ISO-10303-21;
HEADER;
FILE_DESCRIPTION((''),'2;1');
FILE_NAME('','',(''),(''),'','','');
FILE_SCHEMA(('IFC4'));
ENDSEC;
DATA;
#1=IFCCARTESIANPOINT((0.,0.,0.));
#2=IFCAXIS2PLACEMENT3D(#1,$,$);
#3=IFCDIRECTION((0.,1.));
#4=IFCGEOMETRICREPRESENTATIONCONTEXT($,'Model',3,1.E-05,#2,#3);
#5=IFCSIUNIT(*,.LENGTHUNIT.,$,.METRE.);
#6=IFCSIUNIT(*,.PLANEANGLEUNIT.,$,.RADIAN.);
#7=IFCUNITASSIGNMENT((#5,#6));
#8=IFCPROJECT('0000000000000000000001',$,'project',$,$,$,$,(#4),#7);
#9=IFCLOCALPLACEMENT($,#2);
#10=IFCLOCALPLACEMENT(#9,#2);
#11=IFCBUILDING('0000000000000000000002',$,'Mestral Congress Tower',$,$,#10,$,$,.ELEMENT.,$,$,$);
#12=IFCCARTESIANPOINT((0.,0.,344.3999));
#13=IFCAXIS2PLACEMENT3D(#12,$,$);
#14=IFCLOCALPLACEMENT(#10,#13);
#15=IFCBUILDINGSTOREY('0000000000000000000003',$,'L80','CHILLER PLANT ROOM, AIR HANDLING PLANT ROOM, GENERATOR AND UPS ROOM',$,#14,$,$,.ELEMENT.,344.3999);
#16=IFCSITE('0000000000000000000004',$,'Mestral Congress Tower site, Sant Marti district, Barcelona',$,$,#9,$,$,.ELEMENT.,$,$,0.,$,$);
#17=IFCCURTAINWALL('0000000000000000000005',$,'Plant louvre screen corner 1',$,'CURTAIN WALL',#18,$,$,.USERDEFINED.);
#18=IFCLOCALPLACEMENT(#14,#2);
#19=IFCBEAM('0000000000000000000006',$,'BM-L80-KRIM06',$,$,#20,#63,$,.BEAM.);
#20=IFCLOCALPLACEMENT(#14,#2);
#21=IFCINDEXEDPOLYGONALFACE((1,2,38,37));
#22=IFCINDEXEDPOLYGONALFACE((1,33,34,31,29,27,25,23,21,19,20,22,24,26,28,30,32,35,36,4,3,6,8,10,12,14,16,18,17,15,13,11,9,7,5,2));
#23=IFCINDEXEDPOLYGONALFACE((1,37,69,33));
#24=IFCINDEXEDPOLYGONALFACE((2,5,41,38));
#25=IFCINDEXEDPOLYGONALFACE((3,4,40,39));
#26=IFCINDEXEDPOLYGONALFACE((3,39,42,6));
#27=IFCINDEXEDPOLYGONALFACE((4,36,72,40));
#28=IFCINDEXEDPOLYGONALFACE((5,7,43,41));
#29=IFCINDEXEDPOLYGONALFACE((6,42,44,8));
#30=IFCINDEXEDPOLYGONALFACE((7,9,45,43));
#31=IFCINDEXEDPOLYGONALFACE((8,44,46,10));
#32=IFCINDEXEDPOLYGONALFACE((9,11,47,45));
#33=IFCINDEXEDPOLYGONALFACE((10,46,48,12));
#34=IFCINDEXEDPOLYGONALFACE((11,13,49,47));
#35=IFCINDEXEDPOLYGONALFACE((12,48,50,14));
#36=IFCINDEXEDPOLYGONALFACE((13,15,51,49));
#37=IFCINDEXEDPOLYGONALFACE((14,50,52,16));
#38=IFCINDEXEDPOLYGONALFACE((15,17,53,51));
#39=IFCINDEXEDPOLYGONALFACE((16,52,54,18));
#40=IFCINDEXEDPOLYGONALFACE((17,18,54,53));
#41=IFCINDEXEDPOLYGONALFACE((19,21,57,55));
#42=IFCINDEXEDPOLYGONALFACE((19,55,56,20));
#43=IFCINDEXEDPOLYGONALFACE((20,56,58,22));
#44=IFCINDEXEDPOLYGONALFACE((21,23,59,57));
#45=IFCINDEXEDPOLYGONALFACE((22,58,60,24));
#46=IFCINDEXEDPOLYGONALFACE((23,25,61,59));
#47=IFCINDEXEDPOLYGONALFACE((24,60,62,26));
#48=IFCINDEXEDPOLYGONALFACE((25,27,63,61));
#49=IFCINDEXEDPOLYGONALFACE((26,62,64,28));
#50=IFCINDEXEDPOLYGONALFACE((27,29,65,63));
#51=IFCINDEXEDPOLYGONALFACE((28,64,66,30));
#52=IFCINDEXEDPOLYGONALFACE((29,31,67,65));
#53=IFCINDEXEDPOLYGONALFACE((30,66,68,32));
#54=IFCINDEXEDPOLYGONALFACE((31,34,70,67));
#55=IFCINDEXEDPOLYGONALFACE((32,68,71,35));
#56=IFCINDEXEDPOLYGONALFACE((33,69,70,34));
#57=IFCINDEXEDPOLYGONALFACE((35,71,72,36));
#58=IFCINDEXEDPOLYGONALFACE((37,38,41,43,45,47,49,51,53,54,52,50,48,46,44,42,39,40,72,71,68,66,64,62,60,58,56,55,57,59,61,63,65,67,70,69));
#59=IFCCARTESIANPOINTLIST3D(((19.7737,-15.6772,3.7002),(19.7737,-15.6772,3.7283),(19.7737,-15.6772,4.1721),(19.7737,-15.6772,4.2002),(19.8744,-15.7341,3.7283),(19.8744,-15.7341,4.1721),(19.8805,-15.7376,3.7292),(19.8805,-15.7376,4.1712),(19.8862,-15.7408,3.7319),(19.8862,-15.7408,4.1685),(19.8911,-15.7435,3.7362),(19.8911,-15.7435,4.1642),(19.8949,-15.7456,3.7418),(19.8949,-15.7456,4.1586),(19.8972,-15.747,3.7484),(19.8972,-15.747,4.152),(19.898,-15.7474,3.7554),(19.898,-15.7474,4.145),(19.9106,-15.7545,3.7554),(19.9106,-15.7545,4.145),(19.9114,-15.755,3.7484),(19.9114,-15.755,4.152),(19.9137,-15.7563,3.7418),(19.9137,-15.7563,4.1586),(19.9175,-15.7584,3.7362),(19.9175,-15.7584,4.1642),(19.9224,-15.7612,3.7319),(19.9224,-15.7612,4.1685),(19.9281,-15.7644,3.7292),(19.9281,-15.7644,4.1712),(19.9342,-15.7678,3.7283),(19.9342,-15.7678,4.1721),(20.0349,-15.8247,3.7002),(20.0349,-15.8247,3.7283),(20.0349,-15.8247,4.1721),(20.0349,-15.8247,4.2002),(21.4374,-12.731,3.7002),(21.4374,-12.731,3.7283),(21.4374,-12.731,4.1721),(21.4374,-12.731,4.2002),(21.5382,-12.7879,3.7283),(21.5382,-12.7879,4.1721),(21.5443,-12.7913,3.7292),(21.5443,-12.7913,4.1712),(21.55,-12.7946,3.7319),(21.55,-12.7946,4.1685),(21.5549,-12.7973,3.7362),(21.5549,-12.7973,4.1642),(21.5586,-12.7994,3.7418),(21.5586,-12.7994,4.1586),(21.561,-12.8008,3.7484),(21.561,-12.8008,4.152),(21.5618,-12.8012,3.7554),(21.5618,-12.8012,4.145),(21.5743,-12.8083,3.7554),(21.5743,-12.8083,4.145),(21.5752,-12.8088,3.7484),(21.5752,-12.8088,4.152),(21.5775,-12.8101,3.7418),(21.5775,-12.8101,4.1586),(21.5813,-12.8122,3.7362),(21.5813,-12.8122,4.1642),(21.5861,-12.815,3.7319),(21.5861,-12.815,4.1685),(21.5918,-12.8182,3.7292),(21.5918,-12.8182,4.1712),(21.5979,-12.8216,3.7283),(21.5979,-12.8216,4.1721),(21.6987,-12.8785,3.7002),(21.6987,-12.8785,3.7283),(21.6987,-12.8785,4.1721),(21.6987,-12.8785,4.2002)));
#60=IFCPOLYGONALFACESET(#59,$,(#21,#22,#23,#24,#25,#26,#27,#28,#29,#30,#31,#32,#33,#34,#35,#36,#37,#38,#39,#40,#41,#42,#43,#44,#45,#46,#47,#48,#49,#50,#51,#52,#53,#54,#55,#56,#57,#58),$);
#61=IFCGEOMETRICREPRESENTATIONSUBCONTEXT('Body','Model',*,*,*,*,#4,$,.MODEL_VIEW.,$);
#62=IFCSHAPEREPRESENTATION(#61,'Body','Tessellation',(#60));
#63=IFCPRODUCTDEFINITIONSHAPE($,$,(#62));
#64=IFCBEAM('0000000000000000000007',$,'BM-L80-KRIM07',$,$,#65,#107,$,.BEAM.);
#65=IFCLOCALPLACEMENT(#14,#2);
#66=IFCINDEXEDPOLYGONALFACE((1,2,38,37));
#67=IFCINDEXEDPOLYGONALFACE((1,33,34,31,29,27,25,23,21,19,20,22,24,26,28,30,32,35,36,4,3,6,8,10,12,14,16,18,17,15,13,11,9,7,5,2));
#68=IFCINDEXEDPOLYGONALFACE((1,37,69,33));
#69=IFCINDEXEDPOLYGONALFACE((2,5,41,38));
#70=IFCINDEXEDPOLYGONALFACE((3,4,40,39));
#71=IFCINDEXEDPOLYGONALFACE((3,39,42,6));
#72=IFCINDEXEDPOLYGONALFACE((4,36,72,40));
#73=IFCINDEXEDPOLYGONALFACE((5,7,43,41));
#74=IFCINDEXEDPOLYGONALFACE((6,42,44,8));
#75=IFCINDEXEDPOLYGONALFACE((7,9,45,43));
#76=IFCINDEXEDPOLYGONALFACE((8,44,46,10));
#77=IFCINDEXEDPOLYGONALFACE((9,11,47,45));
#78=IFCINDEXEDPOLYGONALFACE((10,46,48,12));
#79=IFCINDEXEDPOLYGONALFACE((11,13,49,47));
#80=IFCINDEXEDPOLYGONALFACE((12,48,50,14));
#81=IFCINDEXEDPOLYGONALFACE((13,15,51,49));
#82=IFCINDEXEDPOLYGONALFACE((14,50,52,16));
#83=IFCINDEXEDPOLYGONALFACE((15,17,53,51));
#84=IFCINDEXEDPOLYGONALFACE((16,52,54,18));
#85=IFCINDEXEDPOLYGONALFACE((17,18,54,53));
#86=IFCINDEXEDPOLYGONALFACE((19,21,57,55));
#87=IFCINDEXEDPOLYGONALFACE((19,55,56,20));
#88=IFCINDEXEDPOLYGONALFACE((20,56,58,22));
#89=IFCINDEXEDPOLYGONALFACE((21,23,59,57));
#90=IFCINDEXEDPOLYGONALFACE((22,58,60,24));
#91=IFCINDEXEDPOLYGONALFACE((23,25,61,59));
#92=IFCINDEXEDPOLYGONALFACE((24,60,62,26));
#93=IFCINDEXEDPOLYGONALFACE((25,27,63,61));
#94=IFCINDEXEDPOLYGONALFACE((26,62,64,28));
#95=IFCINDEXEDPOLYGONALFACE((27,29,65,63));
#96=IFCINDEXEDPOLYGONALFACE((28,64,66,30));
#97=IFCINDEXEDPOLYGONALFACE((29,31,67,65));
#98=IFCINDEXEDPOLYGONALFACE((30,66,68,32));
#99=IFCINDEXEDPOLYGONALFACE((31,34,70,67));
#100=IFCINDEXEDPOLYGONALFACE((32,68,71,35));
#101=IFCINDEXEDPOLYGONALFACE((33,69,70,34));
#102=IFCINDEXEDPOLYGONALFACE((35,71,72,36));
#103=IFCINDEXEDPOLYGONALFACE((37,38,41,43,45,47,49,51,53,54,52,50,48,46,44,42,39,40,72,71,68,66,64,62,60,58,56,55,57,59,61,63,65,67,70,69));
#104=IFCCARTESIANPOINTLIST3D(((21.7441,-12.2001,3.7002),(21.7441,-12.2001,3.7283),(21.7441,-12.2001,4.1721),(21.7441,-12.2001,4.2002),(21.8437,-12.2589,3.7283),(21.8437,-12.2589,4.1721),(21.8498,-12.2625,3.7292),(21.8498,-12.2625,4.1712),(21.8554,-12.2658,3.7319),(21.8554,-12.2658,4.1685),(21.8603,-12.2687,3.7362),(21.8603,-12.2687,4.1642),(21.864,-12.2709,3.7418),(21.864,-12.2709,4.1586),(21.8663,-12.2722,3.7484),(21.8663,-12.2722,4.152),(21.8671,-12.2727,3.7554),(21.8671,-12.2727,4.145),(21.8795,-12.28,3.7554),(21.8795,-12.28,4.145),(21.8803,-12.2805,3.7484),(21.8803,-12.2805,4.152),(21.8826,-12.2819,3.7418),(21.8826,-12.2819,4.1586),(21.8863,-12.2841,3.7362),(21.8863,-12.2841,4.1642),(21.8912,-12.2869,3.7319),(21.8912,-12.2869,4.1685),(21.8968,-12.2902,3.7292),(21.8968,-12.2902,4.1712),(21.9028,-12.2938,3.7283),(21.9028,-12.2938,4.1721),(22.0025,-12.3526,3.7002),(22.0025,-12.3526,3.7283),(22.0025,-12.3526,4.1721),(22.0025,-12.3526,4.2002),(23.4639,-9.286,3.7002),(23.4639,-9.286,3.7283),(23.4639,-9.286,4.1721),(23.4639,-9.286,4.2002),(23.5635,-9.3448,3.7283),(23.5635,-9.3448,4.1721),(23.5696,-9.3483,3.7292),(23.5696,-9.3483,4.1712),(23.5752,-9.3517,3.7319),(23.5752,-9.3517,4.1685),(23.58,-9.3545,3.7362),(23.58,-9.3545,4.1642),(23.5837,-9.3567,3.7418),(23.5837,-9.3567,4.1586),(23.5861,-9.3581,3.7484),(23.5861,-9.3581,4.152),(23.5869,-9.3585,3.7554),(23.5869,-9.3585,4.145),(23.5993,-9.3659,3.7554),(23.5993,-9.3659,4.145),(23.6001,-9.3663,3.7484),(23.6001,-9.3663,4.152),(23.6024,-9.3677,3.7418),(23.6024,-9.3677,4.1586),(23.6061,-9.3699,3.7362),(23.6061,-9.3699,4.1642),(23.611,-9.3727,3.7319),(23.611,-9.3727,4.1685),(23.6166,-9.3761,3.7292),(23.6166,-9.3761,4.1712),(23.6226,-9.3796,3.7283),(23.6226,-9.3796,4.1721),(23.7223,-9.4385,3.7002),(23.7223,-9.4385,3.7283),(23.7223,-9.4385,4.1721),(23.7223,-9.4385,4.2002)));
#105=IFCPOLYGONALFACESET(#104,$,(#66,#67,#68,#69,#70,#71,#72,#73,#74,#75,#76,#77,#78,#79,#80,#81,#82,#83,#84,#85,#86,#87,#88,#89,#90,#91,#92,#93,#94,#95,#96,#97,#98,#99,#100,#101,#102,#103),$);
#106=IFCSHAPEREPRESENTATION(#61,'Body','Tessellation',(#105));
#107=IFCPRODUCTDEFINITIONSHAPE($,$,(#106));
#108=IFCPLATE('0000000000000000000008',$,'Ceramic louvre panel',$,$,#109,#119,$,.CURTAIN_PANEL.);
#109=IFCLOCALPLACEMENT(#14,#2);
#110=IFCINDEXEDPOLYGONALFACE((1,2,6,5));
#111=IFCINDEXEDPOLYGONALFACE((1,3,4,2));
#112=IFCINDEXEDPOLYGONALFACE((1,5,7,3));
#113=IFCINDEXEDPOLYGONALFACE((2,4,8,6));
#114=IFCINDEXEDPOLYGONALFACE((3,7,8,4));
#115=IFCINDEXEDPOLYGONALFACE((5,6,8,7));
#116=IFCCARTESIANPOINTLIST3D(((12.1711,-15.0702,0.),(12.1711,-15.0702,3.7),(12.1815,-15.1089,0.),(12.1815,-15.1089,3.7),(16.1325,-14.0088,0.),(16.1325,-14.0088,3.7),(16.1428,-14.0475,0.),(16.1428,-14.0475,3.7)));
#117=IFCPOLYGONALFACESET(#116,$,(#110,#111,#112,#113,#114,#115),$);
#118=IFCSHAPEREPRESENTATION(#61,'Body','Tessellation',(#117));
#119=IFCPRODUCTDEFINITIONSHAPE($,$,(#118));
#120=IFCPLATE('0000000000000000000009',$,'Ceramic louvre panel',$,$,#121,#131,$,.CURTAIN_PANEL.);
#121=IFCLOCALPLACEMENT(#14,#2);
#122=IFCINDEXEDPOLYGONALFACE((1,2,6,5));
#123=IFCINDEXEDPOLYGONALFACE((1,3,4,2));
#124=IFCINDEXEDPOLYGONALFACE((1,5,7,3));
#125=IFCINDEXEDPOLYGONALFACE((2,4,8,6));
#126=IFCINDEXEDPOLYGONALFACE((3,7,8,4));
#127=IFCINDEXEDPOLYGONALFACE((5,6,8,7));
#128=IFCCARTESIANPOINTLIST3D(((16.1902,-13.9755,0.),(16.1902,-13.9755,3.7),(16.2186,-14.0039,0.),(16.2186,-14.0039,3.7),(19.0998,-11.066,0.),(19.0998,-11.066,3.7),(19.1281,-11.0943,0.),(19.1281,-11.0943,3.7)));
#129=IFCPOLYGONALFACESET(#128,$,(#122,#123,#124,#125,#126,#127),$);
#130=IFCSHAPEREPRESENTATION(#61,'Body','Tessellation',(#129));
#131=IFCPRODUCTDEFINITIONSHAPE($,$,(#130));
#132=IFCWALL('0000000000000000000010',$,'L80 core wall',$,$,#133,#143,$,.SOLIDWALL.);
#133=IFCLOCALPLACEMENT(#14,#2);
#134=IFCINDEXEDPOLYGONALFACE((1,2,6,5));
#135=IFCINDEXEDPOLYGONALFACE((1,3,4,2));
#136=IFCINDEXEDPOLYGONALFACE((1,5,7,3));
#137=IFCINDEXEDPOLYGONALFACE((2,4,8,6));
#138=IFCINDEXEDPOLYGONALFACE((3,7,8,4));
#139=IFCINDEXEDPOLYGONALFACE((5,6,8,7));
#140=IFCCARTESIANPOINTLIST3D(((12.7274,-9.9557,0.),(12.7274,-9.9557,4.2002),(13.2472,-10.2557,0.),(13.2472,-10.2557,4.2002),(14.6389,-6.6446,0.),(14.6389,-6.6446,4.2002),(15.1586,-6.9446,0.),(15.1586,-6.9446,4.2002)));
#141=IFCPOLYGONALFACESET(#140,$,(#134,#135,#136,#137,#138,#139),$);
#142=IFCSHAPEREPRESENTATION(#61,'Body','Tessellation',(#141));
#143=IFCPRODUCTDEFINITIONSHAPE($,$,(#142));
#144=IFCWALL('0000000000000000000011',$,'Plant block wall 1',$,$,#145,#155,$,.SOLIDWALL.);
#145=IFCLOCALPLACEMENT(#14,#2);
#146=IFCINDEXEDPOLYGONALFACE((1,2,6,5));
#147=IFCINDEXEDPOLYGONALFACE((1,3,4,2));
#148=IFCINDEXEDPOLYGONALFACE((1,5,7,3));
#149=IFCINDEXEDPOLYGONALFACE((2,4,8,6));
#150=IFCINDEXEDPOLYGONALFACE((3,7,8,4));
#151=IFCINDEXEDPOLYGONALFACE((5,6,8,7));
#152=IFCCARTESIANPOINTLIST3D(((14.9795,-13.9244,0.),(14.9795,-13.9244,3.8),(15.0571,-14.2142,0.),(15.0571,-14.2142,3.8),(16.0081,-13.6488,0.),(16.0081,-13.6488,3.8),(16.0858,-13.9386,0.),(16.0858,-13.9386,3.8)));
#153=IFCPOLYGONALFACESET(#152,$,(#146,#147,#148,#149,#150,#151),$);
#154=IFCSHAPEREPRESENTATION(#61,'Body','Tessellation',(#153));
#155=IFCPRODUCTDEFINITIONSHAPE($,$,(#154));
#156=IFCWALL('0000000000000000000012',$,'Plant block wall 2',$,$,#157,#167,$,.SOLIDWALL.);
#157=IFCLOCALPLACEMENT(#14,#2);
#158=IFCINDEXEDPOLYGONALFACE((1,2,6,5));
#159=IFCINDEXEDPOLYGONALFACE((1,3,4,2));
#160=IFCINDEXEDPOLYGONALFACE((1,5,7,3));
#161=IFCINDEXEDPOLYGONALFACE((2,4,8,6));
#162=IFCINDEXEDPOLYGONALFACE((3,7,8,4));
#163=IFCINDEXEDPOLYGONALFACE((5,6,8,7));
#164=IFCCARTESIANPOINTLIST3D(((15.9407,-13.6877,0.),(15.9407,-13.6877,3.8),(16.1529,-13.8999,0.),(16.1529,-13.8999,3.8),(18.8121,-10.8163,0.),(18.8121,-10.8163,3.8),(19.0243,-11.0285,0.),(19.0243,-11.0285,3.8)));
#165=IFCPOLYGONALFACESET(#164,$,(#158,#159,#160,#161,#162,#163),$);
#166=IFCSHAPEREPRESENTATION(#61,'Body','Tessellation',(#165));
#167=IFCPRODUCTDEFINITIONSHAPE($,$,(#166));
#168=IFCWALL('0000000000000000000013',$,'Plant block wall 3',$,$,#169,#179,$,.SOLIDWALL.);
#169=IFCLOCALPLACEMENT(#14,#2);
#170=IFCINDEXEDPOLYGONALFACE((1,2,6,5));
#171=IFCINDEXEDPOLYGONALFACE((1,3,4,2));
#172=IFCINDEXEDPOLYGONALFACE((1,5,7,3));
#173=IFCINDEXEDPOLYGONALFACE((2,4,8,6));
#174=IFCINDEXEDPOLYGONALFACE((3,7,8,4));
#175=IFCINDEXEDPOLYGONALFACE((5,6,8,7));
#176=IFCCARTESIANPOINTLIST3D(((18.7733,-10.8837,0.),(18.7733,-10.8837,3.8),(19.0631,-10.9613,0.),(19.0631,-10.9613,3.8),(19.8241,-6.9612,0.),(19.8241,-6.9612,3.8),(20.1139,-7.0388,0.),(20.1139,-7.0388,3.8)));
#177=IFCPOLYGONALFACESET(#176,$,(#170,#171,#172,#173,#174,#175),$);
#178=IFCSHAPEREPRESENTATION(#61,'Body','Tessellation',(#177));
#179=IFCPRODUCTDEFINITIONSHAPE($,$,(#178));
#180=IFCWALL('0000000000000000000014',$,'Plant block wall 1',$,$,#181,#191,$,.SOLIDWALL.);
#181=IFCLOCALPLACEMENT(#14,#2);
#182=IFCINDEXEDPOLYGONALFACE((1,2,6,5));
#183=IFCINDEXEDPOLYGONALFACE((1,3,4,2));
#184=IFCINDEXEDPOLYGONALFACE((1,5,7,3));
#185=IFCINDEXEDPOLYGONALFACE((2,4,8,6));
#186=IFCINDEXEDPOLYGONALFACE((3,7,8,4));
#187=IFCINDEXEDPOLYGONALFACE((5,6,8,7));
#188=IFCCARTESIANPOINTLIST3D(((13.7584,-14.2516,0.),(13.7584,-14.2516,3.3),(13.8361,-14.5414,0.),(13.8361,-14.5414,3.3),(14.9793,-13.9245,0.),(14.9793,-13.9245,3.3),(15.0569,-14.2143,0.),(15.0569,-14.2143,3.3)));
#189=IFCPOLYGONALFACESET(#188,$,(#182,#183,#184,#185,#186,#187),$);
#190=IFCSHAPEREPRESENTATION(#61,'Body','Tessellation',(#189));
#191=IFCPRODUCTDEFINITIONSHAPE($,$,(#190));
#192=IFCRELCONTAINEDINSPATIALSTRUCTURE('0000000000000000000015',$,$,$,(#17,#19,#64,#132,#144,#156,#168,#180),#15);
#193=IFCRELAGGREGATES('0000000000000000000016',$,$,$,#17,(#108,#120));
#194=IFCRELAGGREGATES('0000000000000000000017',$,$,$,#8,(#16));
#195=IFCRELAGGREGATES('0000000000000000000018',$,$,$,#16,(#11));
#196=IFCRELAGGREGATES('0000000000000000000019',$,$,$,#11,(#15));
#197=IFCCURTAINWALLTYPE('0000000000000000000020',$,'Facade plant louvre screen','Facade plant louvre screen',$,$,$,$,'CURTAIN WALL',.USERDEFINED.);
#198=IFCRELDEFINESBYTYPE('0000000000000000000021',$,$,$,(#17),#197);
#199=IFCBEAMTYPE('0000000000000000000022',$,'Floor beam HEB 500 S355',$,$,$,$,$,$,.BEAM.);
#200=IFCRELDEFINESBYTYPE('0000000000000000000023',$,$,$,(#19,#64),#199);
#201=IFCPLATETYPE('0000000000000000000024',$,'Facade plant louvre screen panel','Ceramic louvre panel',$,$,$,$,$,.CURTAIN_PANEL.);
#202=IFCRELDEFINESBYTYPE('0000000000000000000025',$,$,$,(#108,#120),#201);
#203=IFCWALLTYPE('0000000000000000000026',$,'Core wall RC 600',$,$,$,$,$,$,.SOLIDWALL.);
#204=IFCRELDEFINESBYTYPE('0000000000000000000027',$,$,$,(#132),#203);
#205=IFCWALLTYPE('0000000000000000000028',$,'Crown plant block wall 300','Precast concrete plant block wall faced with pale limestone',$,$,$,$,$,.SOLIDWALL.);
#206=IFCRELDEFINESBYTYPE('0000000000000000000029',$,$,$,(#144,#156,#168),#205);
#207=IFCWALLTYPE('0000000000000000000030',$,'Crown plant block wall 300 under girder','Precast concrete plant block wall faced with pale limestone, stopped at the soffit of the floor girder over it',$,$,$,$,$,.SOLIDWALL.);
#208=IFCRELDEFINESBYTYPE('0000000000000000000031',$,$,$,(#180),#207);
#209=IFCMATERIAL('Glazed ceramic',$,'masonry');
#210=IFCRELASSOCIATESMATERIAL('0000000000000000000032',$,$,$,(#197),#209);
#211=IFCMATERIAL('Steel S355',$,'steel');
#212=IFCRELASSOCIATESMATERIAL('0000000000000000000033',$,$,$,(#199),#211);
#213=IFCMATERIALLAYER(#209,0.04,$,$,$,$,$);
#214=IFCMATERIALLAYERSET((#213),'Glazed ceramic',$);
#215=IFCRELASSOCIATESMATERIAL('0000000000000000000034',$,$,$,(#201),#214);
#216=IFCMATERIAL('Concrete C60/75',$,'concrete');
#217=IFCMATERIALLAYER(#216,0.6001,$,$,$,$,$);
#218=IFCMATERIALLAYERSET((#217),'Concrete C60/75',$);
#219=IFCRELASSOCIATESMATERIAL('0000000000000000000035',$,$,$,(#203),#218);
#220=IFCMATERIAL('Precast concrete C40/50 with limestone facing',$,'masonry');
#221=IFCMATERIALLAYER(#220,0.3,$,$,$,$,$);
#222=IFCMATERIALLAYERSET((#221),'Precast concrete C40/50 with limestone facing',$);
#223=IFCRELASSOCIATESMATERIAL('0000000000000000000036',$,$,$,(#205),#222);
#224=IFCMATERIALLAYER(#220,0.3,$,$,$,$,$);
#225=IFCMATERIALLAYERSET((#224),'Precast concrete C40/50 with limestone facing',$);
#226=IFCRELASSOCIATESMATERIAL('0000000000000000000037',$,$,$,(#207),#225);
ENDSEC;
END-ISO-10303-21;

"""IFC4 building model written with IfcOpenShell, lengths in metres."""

from ifc_helpers import new_model, si_unit, direction, frame, frame_2d, origin, origin_2d, place, context, subcontext, project, spatial, rectangle, i_section, extrude, material, layer, layer_set, material_profile, profile_set, type_object, element, aggregate, save


model = new_model("IFC4")

# Units and contexts
model_context = context("Model", 3, precision=1e-05, world=origin(), true_north=direction((0.0, 1.0)))
body_context = subcontext(model_context, "Body", "Model", "MODEL_VIEW")
ifc_project = project(units=[si_unit("LENGTHUNIT", "METRE"), si_unit("PLANEANGLEUNIT", "RADIAN")], contexts=[model_context])

# Site, building, storey
site_placement = place(None, origin())
site = spatial("IfcSite", under=ifc_project, at=site_placement, Name="Mestral Congress Tower site, Sant Marti district, Barcelona", CompositionType="ELEMENT", RefElevation=0.0)
building_placement = place(site_placement, origin())
building = spatial("IfcBuilding", under=site, at=building_placement, Name="Mestral Congress Tower", CompositionType="ELEMENT")
storey_placement = place(building_placement, frame((0.0, 0.0, 344.3999)))
storey = spatial("IfcBuildingStorey", under=building, at=storey_placement, Name="L80", Description="CHILLER PLANT ROOM, AIR HANDLING PLANT ROOM, GENERATOR AND UPS ROOM", CompositionType="ELEMENT", Elevation=344.3999)

# Shared definitions
ifc_material_1 = material(Name="Steel S355", Category="steel")
ifc_material_2 = material(Name="Concrete C60/75", Category="concrete")

# Curtain wall
ifc_material_3 = material(Name="Glazed ceramic", Category="masonry")
curtain_wall_type = type_object("IfcCurtainWallType", Name="Facade plant louvre screen", Description="Facade plant louvre screen", ElementType="CURTAIN WALL", PredefinedType="USERDEFINED", material=ifc_material_3)
curtain_wall_placement = place(storey_placement, origin())
curtain_wall = element("IfcCurtainWall", 1, at=curtain_wall_placement, inside=storey, type_object=curtain_wall_type, Name="Plant louvre screen corner 1", ObjectType="CURTAIN WALL", PredefinedType="USERDEFINED")

# Beams
ifc_material_profile_1 = material_profile(ifc_material_1, i_section(OverallWidth=0.3, OverallDepth=0.5, WebThickness=0.0144, FlangeThickness=0.0281, FilletRadius=0.0271, at=origin_2d()), Name="HEB 500")
ifc_profile_set_1 = profile_set([ifc_material_profile_1], Name="Steel S355")
beam_type_1 = type_object("IfcBeamType", Name="Floor beam HEB 500 S355", PredefinedType="BEAM", material=ifc_profile_set_1)
beam_1_placement = place(storey_placement, frame((19.9043, -15.751, 3.9502), z_axis=(0.491727, 0.87075, 0.0), x_axis=(-0.87075, 0.491727, 0.0)))
element("IfcBeam", 2, at=beam_1_placement, inside=storey, type_object=beam_type_1, Name="BM-L80-KRIM06", PredefinedType="BEAM", context=body_context, shape_type="SweptSolid", body=[
    extrude(i_section(OverallWidth=0.3, OverallDepth=0.5, WebThickness=0.0144, FlangeThickness=0.0281, FilletRadius=0.0271, at=origin_2d()), origin(), (0.0, 0.0, 1.0), 3.3835),
])
beam_2_placement = place(storey_placement, frame((21.8733, -12.2764, 3.9502), z_axis=(0.508243, 0.861214, 0.0), x_axis=(-0.861214, 0.508243, 0.0)))
element("IfcBeam", 3, at=beam_2_placement, inside=storey, type_object=beam_type_1, Name="BM-L80-KRIM07", PredefinedType="BEAM", context=body_context, shape_type="SweptSolid", body=[
    extrude(i_section(OverallWidth=0.3, OverallDepth=0.5, WebThickness=0.0144, FlangeThickness=0.0281, FilletRadius=0.0271, at=origin_2d()), origin(), (0.0, 0.0, 1.0), 3.3838),
])

# Plates
ifc_layer_1 = layer(ifc_material_3, 0.04)
ifc_layer_set_1 = layer_set([ifc_layer_1], Name="Glazed ceramic")
plate_type = type_object("IfcPlateType", Name="Facade plant louvre screen panel", Description="Ceramic louvre panel", PredefinedType="CURTAIN_PANEL", material=ifc_layer_set_1)
plate_1_placement = place(storey_placement, frame((14.157, -14.5588, 0.0), z_axis=(0.0, 0.0, 1.0), x_axis=(0.965926, 0.258819, 0.0)))
plate_1 = element("IfcPlate", 4, at=plate_1_placement, type_object=plate_type, Name="Ceramic louvre panel", PredefinedType="CURTAIN_PANEL", context=body_context, shape_type="SweptSolid", body=[
    extrude(rectangle(XDim=4.1011, YDim=0.04, at=origin_2d()), origin(), (0.0, 0.0, 1.0), 3.7),
])
plate_2_placement = place(storey_placement, frame((17.6592, -12.5349, 0.0), z_axis=(0.0, 0.0, 1.0), x_axis=(0.707107, 0.707107, 0.0)))
plate_2 = element("IfcPlate", 5, at=plate_2_placement, type_object=plate_type, Name="Ceramic louvre panel", PredefinedType="CURTAIN_PANEL", context=body_context, shape_type="SweptSolid", body=[
    extrude(rectangle(XDim=4.1147, YDim=0.04, at=origin_2d()), origin(), (0.0, 0.0, 1.0), 3.7),
])
aggregate(curtain_wall, [plate_1, plate_2])

# Walls
ifc_layer_2 = layer(ifc_material_2, 0.6001)
ifc_layer_set_2 = layer_set([ifc_layer_2], Name="Concrete C60/75")
wall_type_1 = type_object("IfcWallType", Name="Core wall RC 600", PredefinedType="SOLIDWALL", material=ifc_layer_set_2)
wall_1_placement = place(storey_placement, frame((12.9873, -10.1057, 0.0), z_axis=(0.0, 0.0, 1.0), x_axis=(0.499951, 0.866054, 0.0)))
element("IfcWall", 6, at=wall_1_placement, inside=storey, type_object=wall_type_1, Name="L80 core wall", PredefinedType="SOLIDWALL", context=body_context, shape_type="SweptSolid", body=[
    extrude(rectangle(XDim=3.8232, YDim=0.6001, at=frame_2d((1.9116, 0.0))), origin(), (0.0, 0.0, 1.0), 4.2002),
])
ifc_material_4 = material(Name="Precast concrete C40/50 with limestone facing", Category="masonry")
ifc_layer_3 = layer(ifc_material_4, 0.3)
ifc_layer_set_3 = layer_set([ifc_layer_3], Name="Precast concrete C40/50 with limestone facing")
wall_type_2 = type_object("IfcWallType", Name="Crown plant block wall 300", Description="Precast concrete plant block wall faced with pale limestone", PredefinedType="SOLIDWALL", material=ifc_layer_set_3)
wall_2_placement = place(storey_placement, frame((15.0183, -14.0693, 0.0), z_axis=(0.0, 0.0, 1.0), x_axis=(0.965918, 0.258847, 0.0)))
element("IfcWall", 7, at=wall_2_placement, inside=storey, type_object=wall_type_2, Name="Plant block wall 1", PredefinedType="SOLIDWALL", context=body_context, shape_type="SweptSolid", body=[
    extrude(rectangle(XDim=1.0649, YDim=0.3, at=frame_2d((0.5325, 0.0))), origin(), (0.0, 0.0, 1.0), 3.8),
])
for number, where, z_axis, x_axis, name in (
    (8, (16.0469, -13.7937, 0.0), (0.0, 0.0, 1.0), (0.707107, 0.707107, 0.0), "Plant block wall 2"),
    (9, (18.9182, -10.9224, 0.0), (0.0, 0.0, 1.0), (0.25877, 0.965939, 0.0), "Plant block wall 3"),
):
    element("IfcWall", number, at=place(storey_placement, frame(where, z_axis=z_axis, x_axis=x_axis)), inside=storey, type_object=wall_type_2, Name=name, PredefinedType="SOLIDWALL", context=body_context, shape_type="SweptSolid", body=[
        extrude(rectangle(XDim=4.0608, YDim=0.3, at=frame_2d((2.0303, 0.0))), origin(), (0.0, 0.0, 1.0), 3.8),
    ])
ifc_layer_4 = layer(ifc_material_4, 0.3)
ifc_layer_set_4 = layer_set([ifc_layer_4], Name="Precast concrete C40/50 with limestone facing")
wall_type_3 = type_object("IfcWallType", Name="Crown plant block wall 300 under girder", Description="Precast concrete plant block wall faced with pale limestone, stopped at the soffit of the floor girder over it", PredefinedType="SOLIDWALL", material=ifc_layer_set_4)
wall_3_placement = place(storey_placement, frame((13.7974, -14.3965, 0.0), z_axis=(0.0, 0.0, 1.0), x_axis=(0.965926, 0.258817, 0.0)))
element("IfcWall", 10, at=wall_3_placement, inside=storey, type_object=wall_type_3, Name="Plant block wall 1", PredefinedType="SOLIDWALL", context=body_context, shape_type="SweptSolid", body=[
    extrude(rectangle(XDim=1.2639, YDim=0.3, at=frame_2d((0.6318, 0.0))), origin(), (0.0, 0.0, 1.0), 3.3),
])

save(model, "model.ifc")
